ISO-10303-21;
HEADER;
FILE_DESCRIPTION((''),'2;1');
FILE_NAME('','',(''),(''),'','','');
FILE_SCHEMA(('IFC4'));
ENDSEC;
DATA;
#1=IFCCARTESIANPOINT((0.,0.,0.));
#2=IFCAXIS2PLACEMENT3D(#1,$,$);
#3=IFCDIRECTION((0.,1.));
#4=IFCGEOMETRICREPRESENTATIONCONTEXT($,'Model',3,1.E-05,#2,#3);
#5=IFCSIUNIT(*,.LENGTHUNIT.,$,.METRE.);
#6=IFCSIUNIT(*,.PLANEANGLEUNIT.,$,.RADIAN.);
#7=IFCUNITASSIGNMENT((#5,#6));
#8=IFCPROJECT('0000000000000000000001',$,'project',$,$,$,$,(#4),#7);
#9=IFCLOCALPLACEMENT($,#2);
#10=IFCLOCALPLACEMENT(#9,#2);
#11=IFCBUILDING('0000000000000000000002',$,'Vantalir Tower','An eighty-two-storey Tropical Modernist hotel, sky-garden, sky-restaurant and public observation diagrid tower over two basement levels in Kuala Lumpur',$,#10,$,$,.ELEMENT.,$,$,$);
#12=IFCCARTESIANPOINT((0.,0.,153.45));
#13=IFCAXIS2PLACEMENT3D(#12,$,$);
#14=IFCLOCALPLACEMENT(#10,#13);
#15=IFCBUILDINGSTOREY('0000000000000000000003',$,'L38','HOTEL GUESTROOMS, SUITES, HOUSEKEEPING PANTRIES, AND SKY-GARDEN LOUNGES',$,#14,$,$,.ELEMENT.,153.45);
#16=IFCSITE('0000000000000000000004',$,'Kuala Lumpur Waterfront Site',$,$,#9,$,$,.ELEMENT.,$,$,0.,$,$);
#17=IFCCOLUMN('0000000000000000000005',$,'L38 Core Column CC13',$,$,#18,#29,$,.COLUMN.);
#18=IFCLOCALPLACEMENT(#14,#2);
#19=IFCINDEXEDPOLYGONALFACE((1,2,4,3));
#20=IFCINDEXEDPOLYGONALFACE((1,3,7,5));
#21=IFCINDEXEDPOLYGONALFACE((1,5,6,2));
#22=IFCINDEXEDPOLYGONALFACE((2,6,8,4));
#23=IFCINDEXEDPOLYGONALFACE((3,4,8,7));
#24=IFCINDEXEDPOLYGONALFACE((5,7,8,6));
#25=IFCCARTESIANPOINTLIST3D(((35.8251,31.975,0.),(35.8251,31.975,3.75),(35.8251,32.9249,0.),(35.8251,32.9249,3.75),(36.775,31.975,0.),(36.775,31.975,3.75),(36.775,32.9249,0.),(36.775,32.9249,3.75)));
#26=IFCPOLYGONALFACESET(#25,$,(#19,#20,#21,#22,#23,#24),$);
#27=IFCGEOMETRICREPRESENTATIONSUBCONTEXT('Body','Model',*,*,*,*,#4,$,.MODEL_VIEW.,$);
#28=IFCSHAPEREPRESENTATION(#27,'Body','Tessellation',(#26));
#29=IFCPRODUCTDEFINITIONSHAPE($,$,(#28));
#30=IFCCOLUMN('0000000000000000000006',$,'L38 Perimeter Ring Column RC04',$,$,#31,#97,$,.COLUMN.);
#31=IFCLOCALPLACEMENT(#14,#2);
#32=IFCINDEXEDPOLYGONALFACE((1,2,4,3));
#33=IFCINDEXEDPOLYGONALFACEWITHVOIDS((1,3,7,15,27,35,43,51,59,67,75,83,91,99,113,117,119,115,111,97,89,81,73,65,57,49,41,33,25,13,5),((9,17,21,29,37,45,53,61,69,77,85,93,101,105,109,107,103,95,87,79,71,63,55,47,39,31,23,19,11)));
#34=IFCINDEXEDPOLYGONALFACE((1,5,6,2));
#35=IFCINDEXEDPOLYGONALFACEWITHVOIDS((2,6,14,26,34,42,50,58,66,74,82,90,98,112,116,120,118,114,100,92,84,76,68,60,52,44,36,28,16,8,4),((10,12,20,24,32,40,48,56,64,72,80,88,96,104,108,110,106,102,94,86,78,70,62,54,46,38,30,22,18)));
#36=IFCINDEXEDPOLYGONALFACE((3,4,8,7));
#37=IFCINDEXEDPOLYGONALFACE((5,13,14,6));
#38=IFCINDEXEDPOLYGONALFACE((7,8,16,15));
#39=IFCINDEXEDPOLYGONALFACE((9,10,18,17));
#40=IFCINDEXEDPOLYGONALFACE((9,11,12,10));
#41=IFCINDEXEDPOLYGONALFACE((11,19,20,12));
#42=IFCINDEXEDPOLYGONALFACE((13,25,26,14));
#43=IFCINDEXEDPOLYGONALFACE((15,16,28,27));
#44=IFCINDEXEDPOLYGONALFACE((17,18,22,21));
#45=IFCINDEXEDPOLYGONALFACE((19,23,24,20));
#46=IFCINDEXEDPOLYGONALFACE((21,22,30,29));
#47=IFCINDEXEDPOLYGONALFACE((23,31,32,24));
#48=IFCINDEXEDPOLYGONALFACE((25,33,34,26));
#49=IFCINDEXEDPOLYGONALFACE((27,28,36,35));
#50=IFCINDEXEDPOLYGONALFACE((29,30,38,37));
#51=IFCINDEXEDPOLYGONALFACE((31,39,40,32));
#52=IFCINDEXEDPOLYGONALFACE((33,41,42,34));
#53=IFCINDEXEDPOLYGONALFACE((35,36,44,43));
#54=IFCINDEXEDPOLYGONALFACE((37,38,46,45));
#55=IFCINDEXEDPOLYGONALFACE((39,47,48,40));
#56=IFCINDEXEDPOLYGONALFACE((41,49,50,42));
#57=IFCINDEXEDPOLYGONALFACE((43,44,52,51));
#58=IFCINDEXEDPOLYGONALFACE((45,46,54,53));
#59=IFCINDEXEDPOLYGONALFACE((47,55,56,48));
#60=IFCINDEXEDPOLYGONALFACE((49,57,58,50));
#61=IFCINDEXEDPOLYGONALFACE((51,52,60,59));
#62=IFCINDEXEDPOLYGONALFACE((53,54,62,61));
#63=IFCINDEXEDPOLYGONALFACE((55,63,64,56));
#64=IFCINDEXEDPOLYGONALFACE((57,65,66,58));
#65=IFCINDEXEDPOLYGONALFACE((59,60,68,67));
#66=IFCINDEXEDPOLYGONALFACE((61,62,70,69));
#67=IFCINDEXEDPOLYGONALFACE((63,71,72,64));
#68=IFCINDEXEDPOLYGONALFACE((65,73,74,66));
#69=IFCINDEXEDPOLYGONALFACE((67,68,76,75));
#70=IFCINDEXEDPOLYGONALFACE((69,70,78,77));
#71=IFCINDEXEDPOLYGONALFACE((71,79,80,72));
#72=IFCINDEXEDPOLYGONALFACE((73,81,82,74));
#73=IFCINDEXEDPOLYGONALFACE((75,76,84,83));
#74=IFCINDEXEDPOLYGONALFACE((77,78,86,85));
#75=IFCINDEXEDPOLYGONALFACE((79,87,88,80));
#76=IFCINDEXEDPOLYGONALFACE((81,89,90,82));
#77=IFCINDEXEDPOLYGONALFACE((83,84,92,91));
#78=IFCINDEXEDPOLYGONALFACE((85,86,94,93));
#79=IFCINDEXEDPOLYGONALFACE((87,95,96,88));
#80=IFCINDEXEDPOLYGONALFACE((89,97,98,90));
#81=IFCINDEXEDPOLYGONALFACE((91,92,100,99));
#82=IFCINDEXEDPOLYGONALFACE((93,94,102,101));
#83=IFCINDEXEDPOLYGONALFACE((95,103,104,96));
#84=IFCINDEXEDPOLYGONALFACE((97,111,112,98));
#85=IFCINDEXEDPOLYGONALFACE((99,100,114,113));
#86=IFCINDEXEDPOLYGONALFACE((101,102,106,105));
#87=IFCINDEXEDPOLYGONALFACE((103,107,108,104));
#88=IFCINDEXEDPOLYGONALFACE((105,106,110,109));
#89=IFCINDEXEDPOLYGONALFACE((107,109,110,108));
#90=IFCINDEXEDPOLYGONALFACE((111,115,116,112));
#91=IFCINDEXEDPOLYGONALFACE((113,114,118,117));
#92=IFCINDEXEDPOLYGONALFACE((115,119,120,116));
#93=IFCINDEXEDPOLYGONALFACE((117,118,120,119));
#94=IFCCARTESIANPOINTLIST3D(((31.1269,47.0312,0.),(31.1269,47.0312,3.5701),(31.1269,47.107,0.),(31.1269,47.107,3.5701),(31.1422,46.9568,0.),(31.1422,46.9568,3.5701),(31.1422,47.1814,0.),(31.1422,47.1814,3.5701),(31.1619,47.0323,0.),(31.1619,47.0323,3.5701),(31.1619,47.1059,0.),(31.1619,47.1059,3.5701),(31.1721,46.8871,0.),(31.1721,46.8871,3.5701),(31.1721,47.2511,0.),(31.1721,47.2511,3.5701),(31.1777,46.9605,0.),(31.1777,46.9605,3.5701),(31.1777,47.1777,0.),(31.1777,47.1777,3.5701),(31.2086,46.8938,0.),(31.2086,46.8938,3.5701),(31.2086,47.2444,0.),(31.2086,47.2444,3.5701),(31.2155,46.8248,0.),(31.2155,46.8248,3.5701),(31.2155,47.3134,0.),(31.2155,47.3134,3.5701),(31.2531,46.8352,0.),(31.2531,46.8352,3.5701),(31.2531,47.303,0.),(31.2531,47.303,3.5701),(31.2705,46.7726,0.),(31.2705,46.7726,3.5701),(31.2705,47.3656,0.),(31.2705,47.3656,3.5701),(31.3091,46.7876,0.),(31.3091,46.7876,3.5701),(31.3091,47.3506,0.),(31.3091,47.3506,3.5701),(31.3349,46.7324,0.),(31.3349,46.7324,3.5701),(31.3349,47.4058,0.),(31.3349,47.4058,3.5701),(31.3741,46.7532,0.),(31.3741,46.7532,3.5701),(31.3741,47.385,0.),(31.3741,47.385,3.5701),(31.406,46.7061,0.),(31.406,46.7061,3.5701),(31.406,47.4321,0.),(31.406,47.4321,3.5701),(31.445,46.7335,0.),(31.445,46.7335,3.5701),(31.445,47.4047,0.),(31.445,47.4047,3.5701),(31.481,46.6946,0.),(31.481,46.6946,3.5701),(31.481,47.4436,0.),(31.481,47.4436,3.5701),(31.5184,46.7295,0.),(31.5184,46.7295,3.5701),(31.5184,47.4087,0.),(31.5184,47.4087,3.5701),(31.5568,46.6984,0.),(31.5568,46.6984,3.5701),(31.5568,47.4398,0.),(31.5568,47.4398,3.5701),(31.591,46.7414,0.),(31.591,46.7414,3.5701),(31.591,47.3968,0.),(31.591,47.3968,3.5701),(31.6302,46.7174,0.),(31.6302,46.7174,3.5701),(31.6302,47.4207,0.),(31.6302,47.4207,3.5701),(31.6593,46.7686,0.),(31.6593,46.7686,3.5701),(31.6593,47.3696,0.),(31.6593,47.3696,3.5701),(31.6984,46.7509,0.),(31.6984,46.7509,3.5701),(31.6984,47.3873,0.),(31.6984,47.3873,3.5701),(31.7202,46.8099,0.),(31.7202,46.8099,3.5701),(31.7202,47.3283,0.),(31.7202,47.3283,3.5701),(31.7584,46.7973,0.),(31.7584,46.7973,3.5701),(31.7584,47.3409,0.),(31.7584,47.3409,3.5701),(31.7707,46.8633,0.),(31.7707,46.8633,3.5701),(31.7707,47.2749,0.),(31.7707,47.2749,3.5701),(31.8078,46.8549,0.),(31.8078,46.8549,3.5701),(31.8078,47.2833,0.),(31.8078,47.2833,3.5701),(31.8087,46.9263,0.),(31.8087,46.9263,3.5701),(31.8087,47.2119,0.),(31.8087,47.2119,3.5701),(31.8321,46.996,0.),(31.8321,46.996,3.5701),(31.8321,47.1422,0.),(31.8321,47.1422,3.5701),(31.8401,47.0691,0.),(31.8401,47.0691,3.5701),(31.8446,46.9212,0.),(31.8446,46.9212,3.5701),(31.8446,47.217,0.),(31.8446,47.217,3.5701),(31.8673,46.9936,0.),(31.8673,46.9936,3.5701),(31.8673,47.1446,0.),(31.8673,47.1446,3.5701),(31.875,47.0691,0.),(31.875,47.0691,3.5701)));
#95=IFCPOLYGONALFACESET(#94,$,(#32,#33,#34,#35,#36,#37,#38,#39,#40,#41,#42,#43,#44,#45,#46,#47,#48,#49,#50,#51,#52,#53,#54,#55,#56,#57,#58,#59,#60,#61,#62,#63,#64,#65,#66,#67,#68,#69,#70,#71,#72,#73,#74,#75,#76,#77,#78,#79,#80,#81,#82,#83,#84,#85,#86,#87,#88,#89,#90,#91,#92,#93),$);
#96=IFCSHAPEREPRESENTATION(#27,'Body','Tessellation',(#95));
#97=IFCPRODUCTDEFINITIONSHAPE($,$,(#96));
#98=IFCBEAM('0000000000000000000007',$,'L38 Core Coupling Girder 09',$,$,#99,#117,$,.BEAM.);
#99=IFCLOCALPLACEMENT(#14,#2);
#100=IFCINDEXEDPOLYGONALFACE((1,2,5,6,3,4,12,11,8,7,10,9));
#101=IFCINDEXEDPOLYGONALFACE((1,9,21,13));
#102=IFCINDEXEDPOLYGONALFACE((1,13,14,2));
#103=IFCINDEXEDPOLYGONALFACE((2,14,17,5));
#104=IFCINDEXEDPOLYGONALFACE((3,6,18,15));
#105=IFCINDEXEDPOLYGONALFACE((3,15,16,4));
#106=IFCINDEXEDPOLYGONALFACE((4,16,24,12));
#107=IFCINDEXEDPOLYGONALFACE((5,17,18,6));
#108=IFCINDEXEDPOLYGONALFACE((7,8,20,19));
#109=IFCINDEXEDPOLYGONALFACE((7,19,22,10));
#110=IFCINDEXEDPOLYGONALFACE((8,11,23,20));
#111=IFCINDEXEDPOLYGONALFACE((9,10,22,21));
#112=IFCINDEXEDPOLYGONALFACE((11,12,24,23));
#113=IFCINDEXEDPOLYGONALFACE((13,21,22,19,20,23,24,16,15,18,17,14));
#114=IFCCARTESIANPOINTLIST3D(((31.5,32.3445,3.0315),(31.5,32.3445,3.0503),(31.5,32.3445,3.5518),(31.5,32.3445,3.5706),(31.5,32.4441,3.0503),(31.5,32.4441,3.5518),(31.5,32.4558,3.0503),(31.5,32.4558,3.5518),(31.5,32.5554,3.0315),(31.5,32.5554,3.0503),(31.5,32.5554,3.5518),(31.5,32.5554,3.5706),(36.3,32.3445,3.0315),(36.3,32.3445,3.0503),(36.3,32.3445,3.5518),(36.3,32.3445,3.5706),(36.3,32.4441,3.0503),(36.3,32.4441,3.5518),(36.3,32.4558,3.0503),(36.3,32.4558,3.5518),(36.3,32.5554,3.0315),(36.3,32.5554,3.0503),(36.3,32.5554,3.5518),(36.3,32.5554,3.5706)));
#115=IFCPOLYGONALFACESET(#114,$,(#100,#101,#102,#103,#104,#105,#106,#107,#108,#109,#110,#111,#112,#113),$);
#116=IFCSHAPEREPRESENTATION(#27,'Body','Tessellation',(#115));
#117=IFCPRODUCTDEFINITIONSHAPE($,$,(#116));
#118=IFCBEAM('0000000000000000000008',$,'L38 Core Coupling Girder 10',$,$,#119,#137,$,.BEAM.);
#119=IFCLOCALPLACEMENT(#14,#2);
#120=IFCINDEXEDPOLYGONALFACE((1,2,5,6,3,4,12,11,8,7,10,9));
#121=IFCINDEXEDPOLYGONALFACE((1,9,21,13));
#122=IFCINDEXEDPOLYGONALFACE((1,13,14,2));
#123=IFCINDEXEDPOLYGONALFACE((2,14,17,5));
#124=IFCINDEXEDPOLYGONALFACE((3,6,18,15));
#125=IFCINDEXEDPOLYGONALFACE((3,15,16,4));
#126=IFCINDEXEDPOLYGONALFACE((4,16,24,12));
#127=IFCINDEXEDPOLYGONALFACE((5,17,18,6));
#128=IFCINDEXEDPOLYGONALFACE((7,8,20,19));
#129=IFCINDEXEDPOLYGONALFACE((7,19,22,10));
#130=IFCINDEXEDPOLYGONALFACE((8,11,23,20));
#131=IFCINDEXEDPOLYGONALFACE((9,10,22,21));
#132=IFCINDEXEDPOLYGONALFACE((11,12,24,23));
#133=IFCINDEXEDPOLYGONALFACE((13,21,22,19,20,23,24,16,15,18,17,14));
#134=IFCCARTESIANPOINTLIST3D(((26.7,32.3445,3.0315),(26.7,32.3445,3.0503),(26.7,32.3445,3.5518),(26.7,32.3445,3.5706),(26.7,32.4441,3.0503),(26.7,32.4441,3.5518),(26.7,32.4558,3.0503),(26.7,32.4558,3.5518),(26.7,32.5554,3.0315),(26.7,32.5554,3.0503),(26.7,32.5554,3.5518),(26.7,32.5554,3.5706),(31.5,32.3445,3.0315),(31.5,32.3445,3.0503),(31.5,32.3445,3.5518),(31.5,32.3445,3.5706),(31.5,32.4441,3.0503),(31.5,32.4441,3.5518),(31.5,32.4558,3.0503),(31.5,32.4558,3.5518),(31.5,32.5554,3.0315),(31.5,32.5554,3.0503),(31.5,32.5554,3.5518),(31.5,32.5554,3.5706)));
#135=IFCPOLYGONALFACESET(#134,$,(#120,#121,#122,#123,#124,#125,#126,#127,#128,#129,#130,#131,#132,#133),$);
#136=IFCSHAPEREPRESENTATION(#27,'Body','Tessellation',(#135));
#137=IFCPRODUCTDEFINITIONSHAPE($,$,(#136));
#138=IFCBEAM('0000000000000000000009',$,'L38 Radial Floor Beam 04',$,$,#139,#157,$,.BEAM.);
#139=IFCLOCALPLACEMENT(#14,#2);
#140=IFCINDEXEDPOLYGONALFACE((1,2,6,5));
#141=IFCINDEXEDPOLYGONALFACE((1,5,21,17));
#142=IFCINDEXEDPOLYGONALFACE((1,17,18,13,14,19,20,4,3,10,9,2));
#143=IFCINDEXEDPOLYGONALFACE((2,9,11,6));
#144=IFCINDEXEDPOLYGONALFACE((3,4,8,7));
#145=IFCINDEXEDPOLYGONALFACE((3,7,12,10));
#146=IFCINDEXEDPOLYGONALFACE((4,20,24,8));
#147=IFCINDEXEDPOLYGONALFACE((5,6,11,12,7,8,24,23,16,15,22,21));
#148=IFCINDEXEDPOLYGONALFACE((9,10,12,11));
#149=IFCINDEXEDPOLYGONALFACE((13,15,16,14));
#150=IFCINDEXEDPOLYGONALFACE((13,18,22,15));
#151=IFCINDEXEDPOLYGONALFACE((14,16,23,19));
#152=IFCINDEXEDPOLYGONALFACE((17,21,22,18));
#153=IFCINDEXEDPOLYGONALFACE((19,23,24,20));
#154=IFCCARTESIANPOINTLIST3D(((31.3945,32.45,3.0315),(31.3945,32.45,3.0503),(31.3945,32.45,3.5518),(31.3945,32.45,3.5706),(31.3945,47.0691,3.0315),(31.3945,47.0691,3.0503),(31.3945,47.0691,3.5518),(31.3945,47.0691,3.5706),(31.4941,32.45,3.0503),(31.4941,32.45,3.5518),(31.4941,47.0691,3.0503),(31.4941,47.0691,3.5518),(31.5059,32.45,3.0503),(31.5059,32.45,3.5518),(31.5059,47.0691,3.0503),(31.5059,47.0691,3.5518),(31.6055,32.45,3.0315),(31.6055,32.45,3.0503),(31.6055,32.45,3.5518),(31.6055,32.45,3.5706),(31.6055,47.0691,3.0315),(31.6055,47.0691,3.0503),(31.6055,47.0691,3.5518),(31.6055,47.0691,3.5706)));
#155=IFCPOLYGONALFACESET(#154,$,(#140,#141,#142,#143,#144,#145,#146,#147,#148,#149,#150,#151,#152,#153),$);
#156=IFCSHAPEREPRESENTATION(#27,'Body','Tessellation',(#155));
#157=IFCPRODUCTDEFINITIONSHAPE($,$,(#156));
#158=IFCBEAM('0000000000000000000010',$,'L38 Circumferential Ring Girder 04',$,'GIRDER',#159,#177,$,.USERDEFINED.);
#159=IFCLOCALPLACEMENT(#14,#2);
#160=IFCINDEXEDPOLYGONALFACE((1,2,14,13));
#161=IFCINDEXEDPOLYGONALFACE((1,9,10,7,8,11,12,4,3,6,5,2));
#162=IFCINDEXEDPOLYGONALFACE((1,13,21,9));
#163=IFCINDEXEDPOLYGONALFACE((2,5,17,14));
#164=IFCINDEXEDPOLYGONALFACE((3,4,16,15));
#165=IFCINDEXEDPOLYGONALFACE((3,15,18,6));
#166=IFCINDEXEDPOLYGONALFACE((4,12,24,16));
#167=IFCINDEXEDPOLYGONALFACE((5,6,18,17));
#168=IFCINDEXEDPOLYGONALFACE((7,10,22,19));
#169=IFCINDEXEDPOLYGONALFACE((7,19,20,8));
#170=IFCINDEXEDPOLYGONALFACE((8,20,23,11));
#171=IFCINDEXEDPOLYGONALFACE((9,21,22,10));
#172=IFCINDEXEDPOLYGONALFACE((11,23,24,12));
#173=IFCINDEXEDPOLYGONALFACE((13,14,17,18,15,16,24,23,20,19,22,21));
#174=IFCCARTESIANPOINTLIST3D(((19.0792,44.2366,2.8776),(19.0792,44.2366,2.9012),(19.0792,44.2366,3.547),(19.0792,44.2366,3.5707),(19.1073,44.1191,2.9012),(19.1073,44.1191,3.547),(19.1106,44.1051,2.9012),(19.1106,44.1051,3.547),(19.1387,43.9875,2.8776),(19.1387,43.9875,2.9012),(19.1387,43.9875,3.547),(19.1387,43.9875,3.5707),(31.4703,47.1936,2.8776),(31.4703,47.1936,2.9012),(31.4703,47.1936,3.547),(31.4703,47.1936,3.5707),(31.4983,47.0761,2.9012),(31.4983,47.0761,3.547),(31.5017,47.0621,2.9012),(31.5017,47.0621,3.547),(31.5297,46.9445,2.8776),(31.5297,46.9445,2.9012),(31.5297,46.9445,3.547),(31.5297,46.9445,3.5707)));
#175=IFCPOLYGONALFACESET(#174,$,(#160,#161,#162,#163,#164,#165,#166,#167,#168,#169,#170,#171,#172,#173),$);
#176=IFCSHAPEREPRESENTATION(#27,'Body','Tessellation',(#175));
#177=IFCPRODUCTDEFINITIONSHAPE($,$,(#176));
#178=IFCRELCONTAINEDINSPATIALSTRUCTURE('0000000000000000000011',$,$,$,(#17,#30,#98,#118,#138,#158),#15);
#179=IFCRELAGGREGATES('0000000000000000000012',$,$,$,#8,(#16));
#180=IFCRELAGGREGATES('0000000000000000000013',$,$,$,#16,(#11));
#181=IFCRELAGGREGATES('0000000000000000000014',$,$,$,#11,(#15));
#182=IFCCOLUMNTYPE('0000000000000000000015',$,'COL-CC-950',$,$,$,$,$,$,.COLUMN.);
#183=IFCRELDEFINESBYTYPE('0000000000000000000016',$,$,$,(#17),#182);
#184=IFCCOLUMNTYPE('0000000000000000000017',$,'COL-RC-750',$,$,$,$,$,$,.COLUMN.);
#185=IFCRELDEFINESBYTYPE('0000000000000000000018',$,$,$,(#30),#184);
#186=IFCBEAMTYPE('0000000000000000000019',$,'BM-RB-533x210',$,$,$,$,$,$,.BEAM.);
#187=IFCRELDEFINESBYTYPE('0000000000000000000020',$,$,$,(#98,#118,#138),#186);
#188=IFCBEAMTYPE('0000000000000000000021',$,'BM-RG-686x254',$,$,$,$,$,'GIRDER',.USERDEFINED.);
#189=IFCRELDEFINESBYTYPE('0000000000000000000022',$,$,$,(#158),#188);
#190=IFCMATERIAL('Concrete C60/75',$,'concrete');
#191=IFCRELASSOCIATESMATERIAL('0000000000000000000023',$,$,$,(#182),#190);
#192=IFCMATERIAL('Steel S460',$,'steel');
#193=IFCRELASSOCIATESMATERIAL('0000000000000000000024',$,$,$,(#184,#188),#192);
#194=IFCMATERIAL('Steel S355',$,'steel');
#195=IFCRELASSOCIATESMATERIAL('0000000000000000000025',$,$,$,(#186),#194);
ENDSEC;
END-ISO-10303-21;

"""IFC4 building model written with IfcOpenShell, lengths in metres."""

from ifc_helpers import new_model, si_unit, direction, frame, origin, origin_2d, place, context, subcontext, project, spatial, rectangle, hollow_circle, i_section, extrude, material, material_profile, profile_set, type_object, element, save


model = new_model("IFC4")

# Units and contexts
model_context = context("Model", 3, precision=1e-05, world=origin(), true_north=direction((0.0, 1.0)))
body_context = subcontext(model_context, "Body", "Model", "MODEL_VIEW")
ifc_project = project(units=[si_unit("LENGTHUNIT", "METRE"), si_unit("PLANEANGLEUNIT", "RADIAN")], contexts=[model_context])

# Site, building, storey
site_placement = place(None, origin())
site = spatial("IfcSite", under=ifc_project, at=site_placement, Name="Kuala Lumpur Waterfront Site", CompositionType="ELEMENT", RefElevation=0.0)
building_placement = place(site_placement, origin())
building = spatial("IfcBuilding", under=site, at=building_placement, Name="Vantalir Tower", Description="An eighty-two-storey Tropical Modernist hotel, sky-garden, sky-restaurant and public observation diagrid tower over two basement levels in Kuala Lumpur", CompositionType="ELEMENT")
storey_placement = place(building_placement, frame((0.0, 0.0, 153.45)))
storey = spatial("IfcBuildingStorey", under=building, at=storey_placement, Name="L38", Description="HOTEL GUESTROOMS, SUITES, HOUSEKEEPING PANTRIES, AND SKY-GARDEN LOUNGES", CompositionType="ELEMENT", Elevation=153.45)

# Columns
ifc_material_1 = material(Name="Concrete C60/75", Category="concrete")
ifc_material_profile_1 = material_profile(ifc_material_1, rectangle(XDim=0.95, YDim=0.95, at=origin_2d()), Name="Concrete C60/75")
ifc_profile_set_1 = profile_set([ifc_material_profile_1], Name="Concrete C60/75")
column_type_1 = type_object("IfcColumnType", Name="COL-CC-950", PredefinedType="COLUMN", material=ifc_profile_set_1)
column_1_placement = place(storey_placement, frame((36.3, 32.45, 0.0), z_axis=(0.0, 0.0, 1.0), x_axis=(1.0, 0.0, 0.0)))
element("IfcColumn", 1, at=column_1_placement, inside=storey, type_object=column_type_1, Name="L38 Core Column CC13", PredefinedType="COLUMN", context=body_context, shape_type="SweptSolid", body=[
    extrude(rectangle(XDim=0.95, YDim=0.95, at=origin_2d()), origin(), (0.0, 0.0, 1.0), 3.75),
])
ifc_material_2 = material(Name="Steel S460", Category="steel")
ifc_material_profile_2 = material_profile(ifc_material_2, hollow_circle(Radius=0.375, WallThickness=0.0349, at=origin_2d()), Name="Steel S460")
ifc_profile_set_2 = profile_set([ifc_material_profile_2], Name="Steel S460")
column_type_2 = type_object("IfcColumnType", Name="COL-RC-750", PredefinedType="COLUMN", material=ifc_profile_set_2)
column_2_placement = place(storey_placement, frame((31.5, 47.0691, 0.0), z_axis=(0.0, 0.0, 1.0), x_axis=(1.0, 0.0, 0.0)))
element("IfcColumn", 2, at=column_2_placement, inside=storey, type_object=column_type_2, Name="L38 Perimeter Ring Column RC04", PredefinedType="COLUMN", context=body_context, shape_type="SweptSolid", body=[
    extrude(hollow_circle(Radius=0.375, WallThickness=0.0349, at=origin_2d()), origin(), (0.0, 0.0, 1.0), 3.5701),
])

# Beams
ifc_material_3 = material(Name="Steel S355", Category="steel")
ifc_material_profile_3 = material_profile(ifc_material_3, i_section(OverallWidth=0.2109, OverallDepth=0.5391, WebThickness=0.0117, FlangeThickness=0.0188, at=origin_2d()), Name="Steel S355")
ifc_profile_set_3 = profile_set([ifc_material_profile_3], Name="Steel S355")
beam_type_1 = type_object("IfcBeamType", Name="BM-RB-533x210", PredefinedType="BEAM", material=ifc_profile_set_3)
for number, where, z_axis, x_axis, name in (
    (3, (36.3, 32.45, 3.301), (-1.0, 0.0, 0.0), (0.0, -1.0, 0.0), "L38 Core Coupling Girder 09"),
    (4, (31.5, 32.45, 3.301), (-1.0, 0.0, 0.0), (0.0, -1.0, 0.0), "L38 Core Coupling Girder 10"),
):
    element("IfcBeam", number, at=place(storey_placement, frame(where, z_axis=z_axis, x_axis=x_axis)), inside=storey, type_object=beam_type_1, Name=name, PredefinedType="BEAM", context=body_context, shape_type="SweptSolid", body=[
        extrude(i_section(OverallWidth=0.2109, OverallDepth=0.5391, WebThickness=0.0117, FlangeThickness=0.0188, at=origin_2d()), origin(), (0.0, 0.0, 1.0), 4.8),
    ])
beam_1_placement = place(storey_placement, frame((31.5, 47.0691, 3.301), z_axis=(0.0, -1.0, 0.0), x_axis=(1.0, 0.0, 0.0)))
element("IfcBeam", 5, at=beam_1_placement, inside=storey, type_object=beam_type_1, Name="L38 Radial Floor Beam 04", PredefinedType="BEAM", context=body_context, shape_type="SweptSolid", body=[
    extrude(i_section(OverallWidth=0.2109, OverallDepth=0.5391, WebThickness=0.0117, FlangeThickness=0.0188, at=origin_2d()), origin(), (0.0, 0.0, 1.0), 14.6191),
])
ifc_material_profile_4 = material_profile(ifc_material_2, i_section(OverallWidth=0.2561, OverallDepth=0.6931, WebThickness=0.0144, FlangeThickness=0.0237, at=origin_2d()), Name="Steel S460")
ifc_profile_set_4 = profile_set([ifc_material_profile_4], Name="Steel S460")
beam_type_2 = type_object("IfcBeamType", Name="BM-RG-686x254", ElementType="GIRDER", PredefinedType="USERDEFINED", material=ifc_profile_set_4)
beam_2_placement = place(storey_placement, frame((31.5, 47.0691, 3.2241), z_axis=(-0.972686, -0.232123, 0.0), x_axis=(0.232123, -0.972686, 0.0)))
element("IfcBeam", 6, at=beam_2_placement, inside=storey, type_object=beam_type_2, Name="L38 Circumferential Ring Girder 04", ObjectType="GIRDER", PredefinedType="USERDEFINED", context=body_context, shape_type="SweptSolid", body=[
    extrude(i_section(OverallWidth=0.2561, OverallDepth=0.6931, WebThickness=0.0144, FlangeThickness=0.0237, at=origin_2d()), origin(), (0.0, 0.0, 1.0), 12.739),
])

save(model, "model.ifc")
